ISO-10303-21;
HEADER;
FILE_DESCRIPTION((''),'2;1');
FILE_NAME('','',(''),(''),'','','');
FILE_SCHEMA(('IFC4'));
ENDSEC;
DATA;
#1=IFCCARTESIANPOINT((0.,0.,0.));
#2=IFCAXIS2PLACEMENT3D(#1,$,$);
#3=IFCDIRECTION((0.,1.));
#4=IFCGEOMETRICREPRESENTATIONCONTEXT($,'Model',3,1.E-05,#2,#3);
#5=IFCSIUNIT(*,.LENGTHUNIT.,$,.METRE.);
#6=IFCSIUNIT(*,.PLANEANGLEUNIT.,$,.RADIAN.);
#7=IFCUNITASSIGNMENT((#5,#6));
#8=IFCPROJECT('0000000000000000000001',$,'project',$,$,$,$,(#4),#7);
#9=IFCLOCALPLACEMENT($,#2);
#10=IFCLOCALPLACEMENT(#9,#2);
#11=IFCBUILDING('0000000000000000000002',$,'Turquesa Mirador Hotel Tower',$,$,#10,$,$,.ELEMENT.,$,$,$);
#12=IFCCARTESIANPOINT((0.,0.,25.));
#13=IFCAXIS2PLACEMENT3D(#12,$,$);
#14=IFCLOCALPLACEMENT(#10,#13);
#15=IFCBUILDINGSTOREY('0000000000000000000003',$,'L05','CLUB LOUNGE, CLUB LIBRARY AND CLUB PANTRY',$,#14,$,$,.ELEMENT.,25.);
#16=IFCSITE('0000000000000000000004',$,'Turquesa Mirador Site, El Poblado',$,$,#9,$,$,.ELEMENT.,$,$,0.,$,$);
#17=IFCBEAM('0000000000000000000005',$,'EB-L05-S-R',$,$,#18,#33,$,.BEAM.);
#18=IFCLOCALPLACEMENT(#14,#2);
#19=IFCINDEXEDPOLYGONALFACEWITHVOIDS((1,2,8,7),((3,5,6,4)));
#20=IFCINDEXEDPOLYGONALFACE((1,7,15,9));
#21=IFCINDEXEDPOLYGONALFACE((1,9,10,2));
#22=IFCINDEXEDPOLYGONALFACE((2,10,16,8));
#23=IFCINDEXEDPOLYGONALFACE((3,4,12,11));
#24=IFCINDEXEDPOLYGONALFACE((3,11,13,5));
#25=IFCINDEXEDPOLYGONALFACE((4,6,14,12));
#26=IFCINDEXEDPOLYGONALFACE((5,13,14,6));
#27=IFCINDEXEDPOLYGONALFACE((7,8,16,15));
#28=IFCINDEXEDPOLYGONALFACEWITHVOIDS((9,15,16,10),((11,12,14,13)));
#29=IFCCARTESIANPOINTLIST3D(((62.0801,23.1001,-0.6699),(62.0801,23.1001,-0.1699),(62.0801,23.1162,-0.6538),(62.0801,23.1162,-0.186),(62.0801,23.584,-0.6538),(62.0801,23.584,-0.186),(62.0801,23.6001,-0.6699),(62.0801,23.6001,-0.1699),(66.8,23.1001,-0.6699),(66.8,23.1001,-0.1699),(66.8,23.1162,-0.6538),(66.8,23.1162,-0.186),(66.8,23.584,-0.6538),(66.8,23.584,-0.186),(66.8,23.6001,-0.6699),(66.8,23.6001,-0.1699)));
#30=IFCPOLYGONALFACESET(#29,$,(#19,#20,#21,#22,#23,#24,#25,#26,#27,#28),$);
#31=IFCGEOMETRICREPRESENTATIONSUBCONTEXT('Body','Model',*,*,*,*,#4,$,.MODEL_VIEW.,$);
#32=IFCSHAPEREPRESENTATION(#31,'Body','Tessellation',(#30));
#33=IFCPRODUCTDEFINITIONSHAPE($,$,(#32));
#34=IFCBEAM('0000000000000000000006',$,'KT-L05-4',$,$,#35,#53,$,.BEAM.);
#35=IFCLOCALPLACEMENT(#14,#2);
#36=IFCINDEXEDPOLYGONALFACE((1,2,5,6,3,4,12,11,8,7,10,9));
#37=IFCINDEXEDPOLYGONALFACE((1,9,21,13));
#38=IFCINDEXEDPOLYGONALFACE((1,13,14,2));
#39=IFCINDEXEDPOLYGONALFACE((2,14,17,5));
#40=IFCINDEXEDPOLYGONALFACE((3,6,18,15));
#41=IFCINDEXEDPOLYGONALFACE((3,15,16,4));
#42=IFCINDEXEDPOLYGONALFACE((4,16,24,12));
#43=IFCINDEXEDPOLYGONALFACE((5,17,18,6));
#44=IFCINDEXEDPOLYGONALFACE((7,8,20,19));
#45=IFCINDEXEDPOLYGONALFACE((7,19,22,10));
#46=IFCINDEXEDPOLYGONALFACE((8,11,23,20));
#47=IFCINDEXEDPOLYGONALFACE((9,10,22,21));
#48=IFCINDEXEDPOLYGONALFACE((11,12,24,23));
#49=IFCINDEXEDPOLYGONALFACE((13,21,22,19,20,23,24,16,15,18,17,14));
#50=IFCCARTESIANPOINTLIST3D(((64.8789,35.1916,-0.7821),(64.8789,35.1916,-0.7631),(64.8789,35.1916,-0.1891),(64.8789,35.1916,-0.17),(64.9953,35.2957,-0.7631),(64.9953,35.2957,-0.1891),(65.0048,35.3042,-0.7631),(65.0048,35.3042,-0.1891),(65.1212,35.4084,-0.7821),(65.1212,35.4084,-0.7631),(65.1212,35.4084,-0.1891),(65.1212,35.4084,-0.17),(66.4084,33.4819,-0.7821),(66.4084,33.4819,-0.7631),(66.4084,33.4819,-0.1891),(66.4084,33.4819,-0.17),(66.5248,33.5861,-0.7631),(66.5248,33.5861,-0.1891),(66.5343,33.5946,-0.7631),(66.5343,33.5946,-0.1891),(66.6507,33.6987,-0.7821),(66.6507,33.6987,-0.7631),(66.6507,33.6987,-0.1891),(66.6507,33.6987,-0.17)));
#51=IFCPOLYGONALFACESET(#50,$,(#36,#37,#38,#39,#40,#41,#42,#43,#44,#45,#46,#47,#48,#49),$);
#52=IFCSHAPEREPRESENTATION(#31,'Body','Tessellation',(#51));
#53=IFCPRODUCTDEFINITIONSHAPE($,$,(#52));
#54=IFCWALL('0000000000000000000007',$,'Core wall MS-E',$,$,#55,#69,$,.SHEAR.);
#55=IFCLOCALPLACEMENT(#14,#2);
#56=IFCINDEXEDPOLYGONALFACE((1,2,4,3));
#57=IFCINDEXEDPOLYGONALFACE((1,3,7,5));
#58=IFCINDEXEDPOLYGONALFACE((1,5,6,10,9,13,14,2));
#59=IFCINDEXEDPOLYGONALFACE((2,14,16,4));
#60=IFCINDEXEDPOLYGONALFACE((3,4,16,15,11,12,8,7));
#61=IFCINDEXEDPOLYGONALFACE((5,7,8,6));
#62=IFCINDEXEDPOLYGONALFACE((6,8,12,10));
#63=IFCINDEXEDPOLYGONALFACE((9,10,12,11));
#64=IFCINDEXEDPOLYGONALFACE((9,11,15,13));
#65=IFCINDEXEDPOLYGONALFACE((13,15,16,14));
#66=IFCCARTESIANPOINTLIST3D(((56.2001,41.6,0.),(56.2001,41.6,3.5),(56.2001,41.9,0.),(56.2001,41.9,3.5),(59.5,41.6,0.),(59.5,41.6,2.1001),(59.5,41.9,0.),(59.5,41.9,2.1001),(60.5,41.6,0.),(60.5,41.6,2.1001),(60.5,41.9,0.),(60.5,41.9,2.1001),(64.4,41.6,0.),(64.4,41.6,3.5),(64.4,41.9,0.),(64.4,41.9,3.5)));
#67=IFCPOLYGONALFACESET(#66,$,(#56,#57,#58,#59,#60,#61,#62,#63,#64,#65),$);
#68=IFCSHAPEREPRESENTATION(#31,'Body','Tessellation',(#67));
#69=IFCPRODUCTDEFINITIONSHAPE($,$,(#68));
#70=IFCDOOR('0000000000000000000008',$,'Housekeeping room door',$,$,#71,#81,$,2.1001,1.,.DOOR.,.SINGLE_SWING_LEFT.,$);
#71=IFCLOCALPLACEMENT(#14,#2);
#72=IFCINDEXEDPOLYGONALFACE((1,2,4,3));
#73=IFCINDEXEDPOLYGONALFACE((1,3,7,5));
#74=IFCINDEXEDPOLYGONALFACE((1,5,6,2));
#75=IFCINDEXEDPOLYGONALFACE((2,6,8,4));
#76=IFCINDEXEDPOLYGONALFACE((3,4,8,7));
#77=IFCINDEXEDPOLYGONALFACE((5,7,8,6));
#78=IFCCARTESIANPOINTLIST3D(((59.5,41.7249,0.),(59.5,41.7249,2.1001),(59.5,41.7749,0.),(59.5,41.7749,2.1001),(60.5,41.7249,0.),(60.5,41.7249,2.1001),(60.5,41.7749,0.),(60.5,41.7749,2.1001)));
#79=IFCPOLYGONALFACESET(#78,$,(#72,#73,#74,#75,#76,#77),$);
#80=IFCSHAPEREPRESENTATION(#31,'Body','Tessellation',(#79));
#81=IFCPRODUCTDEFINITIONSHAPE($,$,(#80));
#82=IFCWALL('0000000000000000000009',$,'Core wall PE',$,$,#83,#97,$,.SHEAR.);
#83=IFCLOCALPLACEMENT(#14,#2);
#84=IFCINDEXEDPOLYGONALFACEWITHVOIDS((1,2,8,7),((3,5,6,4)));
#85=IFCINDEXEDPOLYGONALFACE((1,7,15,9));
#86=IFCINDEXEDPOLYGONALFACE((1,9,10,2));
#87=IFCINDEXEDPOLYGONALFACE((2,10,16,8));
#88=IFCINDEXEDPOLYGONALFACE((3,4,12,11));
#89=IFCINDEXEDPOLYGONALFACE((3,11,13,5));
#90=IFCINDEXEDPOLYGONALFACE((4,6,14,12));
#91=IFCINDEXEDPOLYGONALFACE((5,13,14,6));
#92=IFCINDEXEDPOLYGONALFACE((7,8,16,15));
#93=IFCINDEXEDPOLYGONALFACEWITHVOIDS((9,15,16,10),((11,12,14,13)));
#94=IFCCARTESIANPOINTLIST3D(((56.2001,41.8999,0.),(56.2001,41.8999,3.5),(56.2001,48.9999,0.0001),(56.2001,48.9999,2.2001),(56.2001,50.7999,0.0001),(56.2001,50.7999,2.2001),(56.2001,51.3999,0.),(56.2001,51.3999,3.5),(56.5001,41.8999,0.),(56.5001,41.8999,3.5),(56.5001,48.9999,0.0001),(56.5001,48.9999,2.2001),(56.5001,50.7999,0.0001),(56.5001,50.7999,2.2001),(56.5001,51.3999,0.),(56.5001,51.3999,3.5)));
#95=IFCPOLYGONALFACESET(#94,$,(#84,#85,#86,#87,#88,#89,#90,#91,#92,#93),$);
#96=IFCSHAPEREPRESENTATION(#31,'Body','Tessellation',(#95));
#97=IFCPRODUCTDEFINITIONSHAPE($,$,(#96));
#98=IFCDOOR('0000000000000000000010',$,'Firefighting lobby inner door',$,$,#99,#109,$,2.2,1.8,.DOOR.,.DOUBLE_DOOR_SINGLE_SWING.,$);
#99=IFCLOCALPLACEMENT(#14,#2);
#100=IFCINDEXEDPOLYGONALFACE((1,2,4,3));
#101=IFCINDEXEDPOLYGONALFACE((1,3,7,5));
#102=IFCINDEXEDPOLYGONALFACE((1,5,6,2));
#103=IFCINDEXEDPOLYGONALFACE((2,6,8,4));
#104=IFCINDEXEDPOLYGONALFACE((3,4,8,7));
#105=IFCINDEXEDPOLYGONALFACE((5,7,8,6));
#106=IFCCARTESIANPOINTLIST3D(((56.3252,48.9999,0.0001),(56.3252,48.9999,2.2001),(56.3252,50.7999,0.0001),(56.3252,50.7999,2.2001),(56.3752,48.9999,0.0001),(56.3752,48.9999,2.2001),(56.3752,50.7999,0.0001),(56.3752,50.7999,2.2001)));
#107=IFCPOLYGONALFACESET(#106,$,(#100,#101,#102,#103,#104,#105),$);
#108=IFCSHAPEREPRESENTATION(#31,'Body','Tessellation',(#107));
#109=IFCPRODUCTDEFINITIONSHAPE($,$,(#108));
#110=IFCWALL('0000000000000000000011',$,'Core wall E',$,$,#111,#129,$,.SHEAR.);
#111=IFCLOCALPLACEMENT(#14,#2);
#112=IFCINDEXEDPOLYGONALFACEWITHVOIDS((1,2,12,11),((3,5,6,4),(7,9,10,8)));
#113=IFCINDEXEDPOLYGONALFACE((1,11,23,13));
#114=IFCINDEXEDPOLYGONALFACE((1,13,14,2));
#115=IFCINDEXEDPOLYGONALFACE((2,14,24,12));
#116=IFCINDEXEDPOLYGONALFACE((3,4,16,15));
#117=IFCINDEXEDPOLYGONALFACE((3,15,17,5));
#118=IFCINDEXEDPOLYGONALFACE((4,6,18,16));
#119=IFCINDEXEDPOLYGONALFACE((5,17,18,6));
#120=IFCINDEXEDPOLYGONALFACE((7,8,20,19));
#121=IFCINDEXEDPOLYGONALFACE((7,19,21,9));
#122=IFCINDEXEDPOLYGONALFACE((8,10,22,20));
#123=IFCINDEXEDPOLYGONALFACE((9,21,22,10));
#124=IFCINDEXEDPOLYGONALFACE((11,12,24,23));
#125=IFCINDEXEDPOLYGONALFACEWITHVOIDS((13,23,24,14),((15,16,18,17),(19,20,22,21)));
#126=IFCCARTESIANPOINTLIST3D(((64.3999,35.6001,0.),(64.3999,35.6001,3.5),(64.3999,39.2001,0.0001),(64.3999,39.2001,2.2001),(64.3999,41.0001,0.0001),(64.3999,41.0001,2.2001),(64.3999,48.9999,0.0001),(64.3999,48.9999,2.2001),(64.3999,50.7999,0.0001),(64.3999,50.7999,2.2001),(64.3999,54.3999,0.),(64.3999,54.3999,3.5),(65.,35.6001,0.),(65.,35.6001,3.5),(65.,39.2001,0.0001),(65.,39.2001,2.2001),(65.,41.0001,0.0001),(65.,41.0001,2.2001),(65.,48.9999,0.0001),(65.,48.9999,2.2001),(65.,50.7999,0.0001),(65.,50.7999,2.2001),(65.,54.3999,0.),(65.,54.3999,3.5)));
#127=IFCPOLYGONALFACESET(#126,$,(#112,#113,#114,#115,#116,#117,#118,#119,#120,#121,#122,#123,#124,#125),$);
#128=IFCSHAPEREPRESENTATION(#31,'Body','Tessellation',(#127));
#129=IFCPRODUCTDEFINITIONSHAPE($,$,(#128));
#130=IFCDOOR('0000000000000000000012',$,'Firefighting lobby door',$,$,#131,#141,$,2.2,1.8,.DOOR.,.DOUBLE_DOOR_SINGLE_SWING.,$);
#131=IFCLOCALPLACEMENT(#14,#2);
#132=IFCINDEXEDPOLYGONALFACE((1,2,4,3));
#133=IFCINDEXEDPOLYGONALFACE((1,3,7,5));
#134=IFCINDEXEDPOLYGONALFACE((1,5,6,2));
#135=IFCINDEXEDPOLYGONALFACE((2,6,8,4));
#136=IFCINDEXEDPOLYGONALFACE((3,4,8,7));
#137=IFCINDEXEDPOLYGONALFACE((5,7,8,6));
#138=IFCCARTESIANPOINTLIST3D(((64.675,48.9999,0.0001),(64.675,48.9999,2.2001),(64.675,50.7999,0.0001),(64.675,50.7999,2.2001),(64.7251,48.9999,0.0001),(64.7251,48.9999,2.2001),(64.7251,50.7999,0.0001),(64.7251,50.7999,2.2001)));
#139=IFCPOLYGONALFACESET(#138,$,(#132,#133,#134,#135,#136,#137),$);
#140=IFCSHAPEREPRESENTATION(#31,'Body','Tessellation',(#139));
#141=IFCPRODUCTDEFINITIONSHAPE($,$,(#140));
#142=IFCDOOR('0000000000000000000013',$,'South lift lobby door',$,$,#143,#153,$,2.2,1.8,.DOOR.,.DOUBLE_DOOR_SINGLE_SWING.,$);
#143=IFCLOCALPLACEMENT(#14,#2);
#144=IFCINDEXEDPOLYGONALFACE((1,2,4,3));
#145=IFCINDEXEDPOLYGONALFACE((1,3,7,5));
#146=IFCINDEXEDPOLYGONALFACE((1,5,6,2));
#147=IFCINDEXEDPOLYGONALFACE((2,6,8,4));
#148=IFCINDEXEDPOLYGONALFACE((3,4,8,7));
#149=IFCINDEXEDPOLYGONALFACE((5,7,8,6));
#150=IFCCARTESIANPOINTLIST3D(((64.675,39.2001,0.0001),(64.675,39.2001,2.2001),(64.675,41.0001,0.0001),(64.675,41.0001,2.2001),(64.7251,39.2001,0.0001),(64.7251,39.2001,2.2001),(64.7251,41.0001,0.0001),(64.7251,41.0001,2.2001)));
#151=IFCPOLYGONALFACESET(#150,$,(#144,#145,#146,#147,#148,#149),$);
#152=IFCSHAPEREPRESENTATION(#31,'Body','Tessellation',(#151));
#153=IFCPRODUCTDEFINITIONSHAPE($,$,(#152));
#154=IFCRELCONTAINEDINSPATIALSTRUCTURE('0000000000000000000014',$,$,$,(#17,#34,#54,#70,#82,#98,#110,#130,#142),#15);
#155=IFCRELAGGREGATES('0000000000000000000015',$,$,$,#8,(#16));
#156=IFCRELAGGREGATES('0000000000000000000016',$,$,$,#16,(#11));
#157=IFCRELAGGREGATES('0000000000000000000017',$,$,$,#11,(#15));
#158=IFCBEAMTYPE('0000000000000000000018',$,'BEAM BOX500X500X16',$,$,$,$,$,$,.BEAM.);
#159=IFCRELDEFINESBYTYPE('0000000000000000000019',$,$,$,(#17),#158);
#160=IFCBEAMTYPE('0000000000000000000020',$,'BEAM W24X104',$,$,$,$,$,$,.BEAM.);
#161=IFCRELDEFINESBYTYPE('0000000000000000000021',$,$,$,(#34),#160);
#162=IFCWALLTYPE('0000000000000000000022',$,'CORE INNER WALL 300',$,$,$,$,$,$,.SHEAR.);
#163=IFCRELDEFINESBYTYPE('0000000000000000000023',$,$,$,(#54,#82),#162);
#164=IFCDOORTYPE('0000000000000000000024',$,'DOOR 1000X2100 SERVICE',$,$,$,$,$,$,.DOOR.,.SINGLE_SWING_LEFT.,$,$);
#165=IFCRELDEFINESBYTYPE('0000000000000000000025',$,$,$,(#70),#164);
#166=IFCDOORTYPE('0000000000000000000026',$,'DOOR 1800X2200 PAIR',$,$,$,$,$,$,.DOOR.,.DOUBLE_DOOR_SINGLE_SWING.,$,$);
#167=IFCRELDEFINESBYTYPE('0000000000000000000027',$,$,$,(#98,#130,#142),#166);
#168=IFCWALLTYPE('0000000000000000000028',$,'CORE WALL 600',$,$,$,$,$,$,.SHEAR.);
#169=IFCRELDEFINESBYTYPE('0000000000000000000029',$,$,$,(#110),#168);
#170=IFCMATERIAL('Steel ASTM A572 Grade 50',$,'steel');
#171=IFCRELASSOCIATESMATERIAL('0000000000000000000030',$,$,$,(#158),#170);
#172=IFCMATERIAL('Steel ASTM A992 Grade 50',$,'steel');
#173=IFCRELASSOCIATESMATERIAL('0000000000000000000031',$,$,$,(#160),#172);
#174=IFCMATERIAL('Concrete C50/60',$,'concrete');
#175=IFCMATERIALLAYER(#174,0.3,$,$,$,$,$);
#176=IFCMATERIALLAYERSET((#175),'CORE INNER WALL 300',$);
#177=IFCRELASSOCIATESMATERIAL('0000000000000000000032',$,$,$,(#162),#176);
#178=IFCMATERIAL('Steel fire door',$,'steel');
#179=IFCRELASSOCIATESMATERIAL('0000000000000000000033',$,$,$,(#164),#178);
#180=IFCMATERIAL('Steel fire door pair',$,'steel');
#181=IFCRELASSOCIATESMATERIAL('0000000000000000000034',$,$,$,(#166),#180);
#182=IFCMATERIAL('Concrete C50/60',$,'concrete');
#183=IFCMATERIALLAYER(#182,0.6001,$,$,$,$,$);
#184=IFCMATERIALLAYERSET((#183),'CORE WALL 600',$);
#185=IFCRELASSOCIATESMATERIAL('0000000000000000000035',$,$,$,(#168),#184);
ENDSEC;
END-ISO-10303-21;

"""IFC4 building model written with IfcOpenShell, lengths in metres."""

from ifc_helpers import new_model, si_unit, direction, frame, frame_2d, origin, origin_2d, place, context, subcontext, project, spatial, rectangle, hollow_rectangle, i_section, extrude, material, layer, layer_set, material_profile, profile_set, type_object, element, fill, save


model = new_model("IFC4")

# Units and contexts
model_context = context("Model", 3, precision=1e-05, world=origin(), true_north=direction((0.0, 1.0)))
body_context = subcontext(model_context, "Body", "Model", "MODEL_VIEW")
ifc_project = project(units=[si_unit("LENGTHUNIT", "METRE"), si_unit("PLANEANGLEUNIT", "RADIAN")], contexts=[model_context])

# Site, building, storey
site_placement = place(None, origin())
site = spatial("IfcSite", under=ifc_project, at=site_placement, Name="Turquesa Mirador Site, El Poblado", CompositionType="ELEMENT", RefElevation=0.0)
building_placement = place(site_placement, origin())
building = spatial("IfcBuilding", under=site, at=building_placement, Name="Turquesa Mirador Hotel Tower", CompositionType="ELEMENT")
storey_placement = place(building_placement, frame((0.0, 0.0, 25.0)))
storey = spatial("IfcBuildingStorey", under=building, at=storey_placement, Name="L05", Description="CLUB LOUNGE, CLUB LIBRARY AND CLUB PANTRY", CompositionType="ELEMENT", Elevation=25.0)

# Beams
ifc_material_1 = material(Name="Steel ASTM A572 Grade 50", Category="steel")
ifc_material_profile_1 = material_profile(ifc_material_1, hollow_rectangle(XDim=0.5, YDim=0.5, WallThickness=0.0161, at=origin_2d()), Name="BOX500X500X16")
ifc_profile_set_1 = profile_set([ifc_material_profile_1], Name="Steel ASTM A572 Grade 50")
beam_type_1 = type_object("IfcBeamType", Name="BEAM BOX500X500X16", PredefinedType="BEAM", material=ifc_profile_set_1)
beam_1_placement = place(storey_placement, frame((62.0801, 23.3501, -0.4199), z_axis=(1.0, 0.0, 0.0), x_axis=(0.0, 1.0, 0.0)))
element("IfcBeam", 1, at=beam_1_placement, inside=storey, type_object=beam_type_1, Name="EB-L05-S-R", PredefinedType="BEAM", context=body_context, shape_type="SweptSolid", body=[
    extrude(hollow_rectangle(XDim=0.5, YDim=0.5, WallThickness=0.0161, at=origin_2d()), origin(), (0.0, 0.0, 1.0), 4.72),
])
ifc_material_2 = material(Name="Steel ASTM A992 Grade 50", Category="steel")
ifc_material_profile_2 = material_profile(ifc_material_2, i_section(OverallWidth=0.3252, OverallDepth=0.6121, WebThickness=0.0127, FlangeThickness=0.019, at=origin_2d()), Name="W24X104")
ifc_profile_set_2 = profile_set([ifc_material_profile_2], Name="Steel ASTM A992 Grade 50")
beam_type_2 = type_object("IfcBeamType", Name="BEAM W24X104", PredefinedType="BEAM", material=ifc_profile_set_2)
beam_2_placement = place(storey_placement, frame((66.5295, 33.5903, -0.4761), z_axis=(-0.666745, 0.745286, 0.0), x_axis=(-0.745286, -0.666745, 0.0)))
element("IfcBeam", 2, at=beam_2_placement, inside=storey, type_object=beam_type_2, Name="KT-L05-4", PredefinedType="BEAM", context=body_context, shape_type="SweptSolid", body=[
    extrude(i_section(OverallWidth=0.3252, OverallDepth=0.6121, WebThickness=0.0127, FlangeThickness=0.019, at=origin_2d()), origin(), (0.0, 0.0, 1.0), 2.2939),
])

# Walls, openings, doors
ifc_material_3 = material(Name="Concrete C50/60", Category="concrete")
ifc_layer_1 = layer(ifc_material_3, 0.3)
ifc_layer_set_1 = layer_set([ifc_layer_1], Name="CORE INNER WALL 300")
wall_type_1 = type_object("IfcWallType", Name="CORE INNER WALL 300", PredefinedType="SHEAR", material=ifc_layer_set_1)
wall_1_placement = place(storey_placement, frame((56.2, 41.75, 0.0), z_axis=(0.0, 0.0, 1.0), x_axis=(1.0, 0.0, 0.0)))
wall_1 = element("IfcWall", 3, at=wall_1_placement, inside=storey, type_object=wall_type_1, Name="Core wall MS-E", PredefinedType="SHEAR", context=body_context, shape_type="SweptSolid", body=[
    extrude(rectangle(XDim=8.2, YDim=0.3, at=frame_2d((4.1001, 0.0))), origin(), (0.0, 0.0, 1.0), 3.5),
])
opening_1_placement = place(wall_1_placement, frame((3.3, 0.0, 0.0)))
opening_1 = element("IfcOpeningElement", 4, at=opening_1_placement, cuts=wall_1, PredefinedType="OPENING", context=body_context, shape_type="SweptSolid", body=[
    extrude(rectangle(XDim=1.0, YDim=2.1001, at=frame_2d((0.5, 1.05))), frame((0.0, 0.1599, 0.0), z_axis=(0.0, -1.0, 0.0), x_axis=(1.0, 0.0, 0.0)), (0.0, 0.0, 1.0), 0.3201),
])
ifc_material_4 = material(Name="Steel fire door", Category="steel")
door_type_1 = type_object("IfcDoorType", Name="DOOR 1000X2100 SERVICE", OperationType="SINGLE_SWING_LEFT", PredefinedType="DOOR", material=ifc_material_4)
door_1_placement = place(opening_1_placement, origin())
door_1 = element("IfcDoor", 5, at=door_1_placement, inside=storey, type_object=door_type_1, Name="Housekeeping room door", OperationType="SINGLE_SWING_LEFT", OverallHeight=2.1001, OverallWidth=1.0, PredefinedType="DOOR", context=body_context, shape_type="SweptSolid", body=[
    extrude(rectangle(XDim=1.0, YDim=2.1001, at=frame_2d((0.5, 1.05))), frame((0.0, 0.0249, 0.0), z_axis=(0.0, -1.0, 0.0), x_axis=(1.0, 0.0, 0.0)), (0.0, 0.0, 1.0), 0.05),
])
fill(opening_1, door_1)
wall_2_placement = place(storey_placement, frame((56.3501, 41.8999, 0.0), z_axis=(0.0, 0.0, 1.0), x_axis=(0.0, 1.0, 0.0)))
wall_2 = element("IfcWall", 6, at=wall_2_placement, inside=storey, type_object=wall_type_1, Name="Core wall PE", PredefinedType="SHEAR", context=body_context, shape_type="SweptSolid", body=[
    extrude(rectangle(XDim=9.5, YDim=0.3, at=frame_2d((4.75, 0.0))), origin(), (0.0, 0.0, 1.0), 3.5),
])
opening_2_placement = place(wall_2_placement, frame((7.1001, 0.0, 0.0)))
opening_2 = element("IfcOpeningElement", 7, at=opening_2_placement, cuts=wall_2, PredefinedType="OPENING", context=body_context, shape_type="SweptSolid", body=[
    extrude(rectangle(XDim=1.8, YDim=2.2, at=frame_2d((0.8999, 1.1001))), frame((0.0, 0.1599, 0.0), z_axis=(0.0, -1.0, 0.0), x_axis=(1.0, 0.0, 0.0)), (0.0, 0.0, 1.0), 0.3201),
])
ifc_material_5 = material(Name="Steel fire door pair", Category="steel")
door_type_2 = type_object("IfcDoorType", Name="DOOR 1800X2200 PAIR", OperationType="DOUBLE_DOOR_SINGLE_SWING", PredefinedType="DOOR", material=ifc_material_5)
door_2_placement = place(opening_2_placement, origin())
door_2 = element("IfcDoor", 8, at=door_2_placement, inside=storey, type_object=door_type_2, Name="Firefighting lobby inner door", OperationType="DOUBLE_DOOR_SINGLE_SWING", OverallHeight=2.2, OverallWidth=1.8, PredefinedType="DOOR", context=body_context, shape_type="SweptSolid", body=[
    extrude(rectangle(XDim=1.8, YDim=2.2, at=frame_2d((0.8999, 1.1001))), frame((0.0, 0.0249, 0.0), z_axis=(0.0, -1.0, 0.0), x_axis=(1.0, 0.0, 0.0)), (0.0, 0.0, 1.0), 0.05),
])
fill(opening_2, door_2)

# Wall, openings, doors
ifc_material_6 = material(Name="Concrete C50/60", Category="concrete")
ifc_layer_2 = layer(ifc_material_6, 0.6001)
ifc_layer_set_2 = layer_set([ifc_layer_2], Name="CORE WALL 600")
wall_type_2 = type_object("IfcWallType", Name="CORE WALL 600", PredefinedType="SHEAR", material=ifc_layer_set_2)
wall_3_placement = place(storey_placement, frame((64.7, 35.6001, 0.0), z_axis=(0.0, 0.0, 1.0), x_axis=(0.0, 1.0, 0.0)))
wall_3 = element("IfcWall", 9, at=wall_3_placement, inside=storey, type_object=wall_type_2, Name="Core wall E", PredefinedType="SHEAR", context=body_context, shape_type="SweptSolid", body=[
    extrude(rectangle(XDim=18.7998, YDim=0.6001, at=frame_2d((9.3999, 0.0))), origin(), (0.0, 0.0, 1.0), 3.5),
])
opening_3_placement = place(wall_3_placement, frame((13.3999, 0.0, 0.0)))
opening_3 = element("IfcOpeningElement", 10, at=opening_3_placement, cuts=wall_3, PredefinedType="OPENING", context=body_context, shape_type="SweptSolid", body=[
    extrude(rectangle(XDim=1.8, YDim=2.2, at=frame_2d((0.8999, 1.1001))), frame((0.0, 0.3101, 0.0), z_axis=(0.0, -1.0, 0.0), x_axis=(1.0, 0.0, 0.0)), (0.0, 0.0, 1.0), 0.6201),
])
opening_4_placement = place(wall_3_placement, frame((3.6001, 0.0, 0.0)))
opening_4 = element("IfcOpeningElement", 11, at=opening_4_placement, cuts=wall_3, PredefinedType="OPENING", context=body_context, shape_type="SweptSolid", body=[
    extrude(rectangle(XDim=1.8, YDim=2.2, at=frame_2d((0.8999, 1.1001))), frame((0.0, 0.3101, 0.0), z_axis=(0.0, -1.0, 0.0), x_axis=(1.0, 0.0, 0.0)), (0.0, 0.0, 1.0), 0.6201),
])
door_3_placement = place(opening_3_placement, origin())
door_3 = element("IfcDoor", 12, at=door_3_placement, inside=storey, type_object=door_type_2, Name="Firefighting lobby door", OperationType="DOUBLE_DOOR_SINGLE_SWING", OverallHeight=2.2, OverallWidth=1.8, PredefinedType="DOOR", context=body_context, shape_type="SweptSolid", body=[
    extrude(rectangle(XDim=1.8, YDim=2.2, at=frame_2d((0.8999, 1.1001))), frame((0.0, 0.0249, 0.0), z_axis=(0.0, -1.0, 0.0), x_axis=(1.0, 0.0, 0.0)), (0.0, 0.0, 1.0), 0.05),
])
fill(opening_3, door_3)
door_4_placement = place(opening_4_placement, origin())
door_4 = element("IfcDoor", 13, at=door_4_placement, inside=storey, type_object=door_type_2, Name="South lift lobby door", OperationType="DOUBLE_DOOR_SINGLE_SWING", OverallHeight=2.2, OverallWidth=1.8, PredefinedType="DOOR", context=body_context, shape_type="SweptSolid", body=[
    extrude(rectangle(XDim=1.8, YDim=2.2, at=frame_2d((0.8999, 1.1001))), frame((0.0, 0.0249, 0.0), z_axis=(0.0, -1.0, 0.0), x_axis=(1.0, 0.0, 0.0)), (0.0, 0.0, 1.0), 0.05),
])
fill(opening_4, door_4)

save(model, "model.ifc")
